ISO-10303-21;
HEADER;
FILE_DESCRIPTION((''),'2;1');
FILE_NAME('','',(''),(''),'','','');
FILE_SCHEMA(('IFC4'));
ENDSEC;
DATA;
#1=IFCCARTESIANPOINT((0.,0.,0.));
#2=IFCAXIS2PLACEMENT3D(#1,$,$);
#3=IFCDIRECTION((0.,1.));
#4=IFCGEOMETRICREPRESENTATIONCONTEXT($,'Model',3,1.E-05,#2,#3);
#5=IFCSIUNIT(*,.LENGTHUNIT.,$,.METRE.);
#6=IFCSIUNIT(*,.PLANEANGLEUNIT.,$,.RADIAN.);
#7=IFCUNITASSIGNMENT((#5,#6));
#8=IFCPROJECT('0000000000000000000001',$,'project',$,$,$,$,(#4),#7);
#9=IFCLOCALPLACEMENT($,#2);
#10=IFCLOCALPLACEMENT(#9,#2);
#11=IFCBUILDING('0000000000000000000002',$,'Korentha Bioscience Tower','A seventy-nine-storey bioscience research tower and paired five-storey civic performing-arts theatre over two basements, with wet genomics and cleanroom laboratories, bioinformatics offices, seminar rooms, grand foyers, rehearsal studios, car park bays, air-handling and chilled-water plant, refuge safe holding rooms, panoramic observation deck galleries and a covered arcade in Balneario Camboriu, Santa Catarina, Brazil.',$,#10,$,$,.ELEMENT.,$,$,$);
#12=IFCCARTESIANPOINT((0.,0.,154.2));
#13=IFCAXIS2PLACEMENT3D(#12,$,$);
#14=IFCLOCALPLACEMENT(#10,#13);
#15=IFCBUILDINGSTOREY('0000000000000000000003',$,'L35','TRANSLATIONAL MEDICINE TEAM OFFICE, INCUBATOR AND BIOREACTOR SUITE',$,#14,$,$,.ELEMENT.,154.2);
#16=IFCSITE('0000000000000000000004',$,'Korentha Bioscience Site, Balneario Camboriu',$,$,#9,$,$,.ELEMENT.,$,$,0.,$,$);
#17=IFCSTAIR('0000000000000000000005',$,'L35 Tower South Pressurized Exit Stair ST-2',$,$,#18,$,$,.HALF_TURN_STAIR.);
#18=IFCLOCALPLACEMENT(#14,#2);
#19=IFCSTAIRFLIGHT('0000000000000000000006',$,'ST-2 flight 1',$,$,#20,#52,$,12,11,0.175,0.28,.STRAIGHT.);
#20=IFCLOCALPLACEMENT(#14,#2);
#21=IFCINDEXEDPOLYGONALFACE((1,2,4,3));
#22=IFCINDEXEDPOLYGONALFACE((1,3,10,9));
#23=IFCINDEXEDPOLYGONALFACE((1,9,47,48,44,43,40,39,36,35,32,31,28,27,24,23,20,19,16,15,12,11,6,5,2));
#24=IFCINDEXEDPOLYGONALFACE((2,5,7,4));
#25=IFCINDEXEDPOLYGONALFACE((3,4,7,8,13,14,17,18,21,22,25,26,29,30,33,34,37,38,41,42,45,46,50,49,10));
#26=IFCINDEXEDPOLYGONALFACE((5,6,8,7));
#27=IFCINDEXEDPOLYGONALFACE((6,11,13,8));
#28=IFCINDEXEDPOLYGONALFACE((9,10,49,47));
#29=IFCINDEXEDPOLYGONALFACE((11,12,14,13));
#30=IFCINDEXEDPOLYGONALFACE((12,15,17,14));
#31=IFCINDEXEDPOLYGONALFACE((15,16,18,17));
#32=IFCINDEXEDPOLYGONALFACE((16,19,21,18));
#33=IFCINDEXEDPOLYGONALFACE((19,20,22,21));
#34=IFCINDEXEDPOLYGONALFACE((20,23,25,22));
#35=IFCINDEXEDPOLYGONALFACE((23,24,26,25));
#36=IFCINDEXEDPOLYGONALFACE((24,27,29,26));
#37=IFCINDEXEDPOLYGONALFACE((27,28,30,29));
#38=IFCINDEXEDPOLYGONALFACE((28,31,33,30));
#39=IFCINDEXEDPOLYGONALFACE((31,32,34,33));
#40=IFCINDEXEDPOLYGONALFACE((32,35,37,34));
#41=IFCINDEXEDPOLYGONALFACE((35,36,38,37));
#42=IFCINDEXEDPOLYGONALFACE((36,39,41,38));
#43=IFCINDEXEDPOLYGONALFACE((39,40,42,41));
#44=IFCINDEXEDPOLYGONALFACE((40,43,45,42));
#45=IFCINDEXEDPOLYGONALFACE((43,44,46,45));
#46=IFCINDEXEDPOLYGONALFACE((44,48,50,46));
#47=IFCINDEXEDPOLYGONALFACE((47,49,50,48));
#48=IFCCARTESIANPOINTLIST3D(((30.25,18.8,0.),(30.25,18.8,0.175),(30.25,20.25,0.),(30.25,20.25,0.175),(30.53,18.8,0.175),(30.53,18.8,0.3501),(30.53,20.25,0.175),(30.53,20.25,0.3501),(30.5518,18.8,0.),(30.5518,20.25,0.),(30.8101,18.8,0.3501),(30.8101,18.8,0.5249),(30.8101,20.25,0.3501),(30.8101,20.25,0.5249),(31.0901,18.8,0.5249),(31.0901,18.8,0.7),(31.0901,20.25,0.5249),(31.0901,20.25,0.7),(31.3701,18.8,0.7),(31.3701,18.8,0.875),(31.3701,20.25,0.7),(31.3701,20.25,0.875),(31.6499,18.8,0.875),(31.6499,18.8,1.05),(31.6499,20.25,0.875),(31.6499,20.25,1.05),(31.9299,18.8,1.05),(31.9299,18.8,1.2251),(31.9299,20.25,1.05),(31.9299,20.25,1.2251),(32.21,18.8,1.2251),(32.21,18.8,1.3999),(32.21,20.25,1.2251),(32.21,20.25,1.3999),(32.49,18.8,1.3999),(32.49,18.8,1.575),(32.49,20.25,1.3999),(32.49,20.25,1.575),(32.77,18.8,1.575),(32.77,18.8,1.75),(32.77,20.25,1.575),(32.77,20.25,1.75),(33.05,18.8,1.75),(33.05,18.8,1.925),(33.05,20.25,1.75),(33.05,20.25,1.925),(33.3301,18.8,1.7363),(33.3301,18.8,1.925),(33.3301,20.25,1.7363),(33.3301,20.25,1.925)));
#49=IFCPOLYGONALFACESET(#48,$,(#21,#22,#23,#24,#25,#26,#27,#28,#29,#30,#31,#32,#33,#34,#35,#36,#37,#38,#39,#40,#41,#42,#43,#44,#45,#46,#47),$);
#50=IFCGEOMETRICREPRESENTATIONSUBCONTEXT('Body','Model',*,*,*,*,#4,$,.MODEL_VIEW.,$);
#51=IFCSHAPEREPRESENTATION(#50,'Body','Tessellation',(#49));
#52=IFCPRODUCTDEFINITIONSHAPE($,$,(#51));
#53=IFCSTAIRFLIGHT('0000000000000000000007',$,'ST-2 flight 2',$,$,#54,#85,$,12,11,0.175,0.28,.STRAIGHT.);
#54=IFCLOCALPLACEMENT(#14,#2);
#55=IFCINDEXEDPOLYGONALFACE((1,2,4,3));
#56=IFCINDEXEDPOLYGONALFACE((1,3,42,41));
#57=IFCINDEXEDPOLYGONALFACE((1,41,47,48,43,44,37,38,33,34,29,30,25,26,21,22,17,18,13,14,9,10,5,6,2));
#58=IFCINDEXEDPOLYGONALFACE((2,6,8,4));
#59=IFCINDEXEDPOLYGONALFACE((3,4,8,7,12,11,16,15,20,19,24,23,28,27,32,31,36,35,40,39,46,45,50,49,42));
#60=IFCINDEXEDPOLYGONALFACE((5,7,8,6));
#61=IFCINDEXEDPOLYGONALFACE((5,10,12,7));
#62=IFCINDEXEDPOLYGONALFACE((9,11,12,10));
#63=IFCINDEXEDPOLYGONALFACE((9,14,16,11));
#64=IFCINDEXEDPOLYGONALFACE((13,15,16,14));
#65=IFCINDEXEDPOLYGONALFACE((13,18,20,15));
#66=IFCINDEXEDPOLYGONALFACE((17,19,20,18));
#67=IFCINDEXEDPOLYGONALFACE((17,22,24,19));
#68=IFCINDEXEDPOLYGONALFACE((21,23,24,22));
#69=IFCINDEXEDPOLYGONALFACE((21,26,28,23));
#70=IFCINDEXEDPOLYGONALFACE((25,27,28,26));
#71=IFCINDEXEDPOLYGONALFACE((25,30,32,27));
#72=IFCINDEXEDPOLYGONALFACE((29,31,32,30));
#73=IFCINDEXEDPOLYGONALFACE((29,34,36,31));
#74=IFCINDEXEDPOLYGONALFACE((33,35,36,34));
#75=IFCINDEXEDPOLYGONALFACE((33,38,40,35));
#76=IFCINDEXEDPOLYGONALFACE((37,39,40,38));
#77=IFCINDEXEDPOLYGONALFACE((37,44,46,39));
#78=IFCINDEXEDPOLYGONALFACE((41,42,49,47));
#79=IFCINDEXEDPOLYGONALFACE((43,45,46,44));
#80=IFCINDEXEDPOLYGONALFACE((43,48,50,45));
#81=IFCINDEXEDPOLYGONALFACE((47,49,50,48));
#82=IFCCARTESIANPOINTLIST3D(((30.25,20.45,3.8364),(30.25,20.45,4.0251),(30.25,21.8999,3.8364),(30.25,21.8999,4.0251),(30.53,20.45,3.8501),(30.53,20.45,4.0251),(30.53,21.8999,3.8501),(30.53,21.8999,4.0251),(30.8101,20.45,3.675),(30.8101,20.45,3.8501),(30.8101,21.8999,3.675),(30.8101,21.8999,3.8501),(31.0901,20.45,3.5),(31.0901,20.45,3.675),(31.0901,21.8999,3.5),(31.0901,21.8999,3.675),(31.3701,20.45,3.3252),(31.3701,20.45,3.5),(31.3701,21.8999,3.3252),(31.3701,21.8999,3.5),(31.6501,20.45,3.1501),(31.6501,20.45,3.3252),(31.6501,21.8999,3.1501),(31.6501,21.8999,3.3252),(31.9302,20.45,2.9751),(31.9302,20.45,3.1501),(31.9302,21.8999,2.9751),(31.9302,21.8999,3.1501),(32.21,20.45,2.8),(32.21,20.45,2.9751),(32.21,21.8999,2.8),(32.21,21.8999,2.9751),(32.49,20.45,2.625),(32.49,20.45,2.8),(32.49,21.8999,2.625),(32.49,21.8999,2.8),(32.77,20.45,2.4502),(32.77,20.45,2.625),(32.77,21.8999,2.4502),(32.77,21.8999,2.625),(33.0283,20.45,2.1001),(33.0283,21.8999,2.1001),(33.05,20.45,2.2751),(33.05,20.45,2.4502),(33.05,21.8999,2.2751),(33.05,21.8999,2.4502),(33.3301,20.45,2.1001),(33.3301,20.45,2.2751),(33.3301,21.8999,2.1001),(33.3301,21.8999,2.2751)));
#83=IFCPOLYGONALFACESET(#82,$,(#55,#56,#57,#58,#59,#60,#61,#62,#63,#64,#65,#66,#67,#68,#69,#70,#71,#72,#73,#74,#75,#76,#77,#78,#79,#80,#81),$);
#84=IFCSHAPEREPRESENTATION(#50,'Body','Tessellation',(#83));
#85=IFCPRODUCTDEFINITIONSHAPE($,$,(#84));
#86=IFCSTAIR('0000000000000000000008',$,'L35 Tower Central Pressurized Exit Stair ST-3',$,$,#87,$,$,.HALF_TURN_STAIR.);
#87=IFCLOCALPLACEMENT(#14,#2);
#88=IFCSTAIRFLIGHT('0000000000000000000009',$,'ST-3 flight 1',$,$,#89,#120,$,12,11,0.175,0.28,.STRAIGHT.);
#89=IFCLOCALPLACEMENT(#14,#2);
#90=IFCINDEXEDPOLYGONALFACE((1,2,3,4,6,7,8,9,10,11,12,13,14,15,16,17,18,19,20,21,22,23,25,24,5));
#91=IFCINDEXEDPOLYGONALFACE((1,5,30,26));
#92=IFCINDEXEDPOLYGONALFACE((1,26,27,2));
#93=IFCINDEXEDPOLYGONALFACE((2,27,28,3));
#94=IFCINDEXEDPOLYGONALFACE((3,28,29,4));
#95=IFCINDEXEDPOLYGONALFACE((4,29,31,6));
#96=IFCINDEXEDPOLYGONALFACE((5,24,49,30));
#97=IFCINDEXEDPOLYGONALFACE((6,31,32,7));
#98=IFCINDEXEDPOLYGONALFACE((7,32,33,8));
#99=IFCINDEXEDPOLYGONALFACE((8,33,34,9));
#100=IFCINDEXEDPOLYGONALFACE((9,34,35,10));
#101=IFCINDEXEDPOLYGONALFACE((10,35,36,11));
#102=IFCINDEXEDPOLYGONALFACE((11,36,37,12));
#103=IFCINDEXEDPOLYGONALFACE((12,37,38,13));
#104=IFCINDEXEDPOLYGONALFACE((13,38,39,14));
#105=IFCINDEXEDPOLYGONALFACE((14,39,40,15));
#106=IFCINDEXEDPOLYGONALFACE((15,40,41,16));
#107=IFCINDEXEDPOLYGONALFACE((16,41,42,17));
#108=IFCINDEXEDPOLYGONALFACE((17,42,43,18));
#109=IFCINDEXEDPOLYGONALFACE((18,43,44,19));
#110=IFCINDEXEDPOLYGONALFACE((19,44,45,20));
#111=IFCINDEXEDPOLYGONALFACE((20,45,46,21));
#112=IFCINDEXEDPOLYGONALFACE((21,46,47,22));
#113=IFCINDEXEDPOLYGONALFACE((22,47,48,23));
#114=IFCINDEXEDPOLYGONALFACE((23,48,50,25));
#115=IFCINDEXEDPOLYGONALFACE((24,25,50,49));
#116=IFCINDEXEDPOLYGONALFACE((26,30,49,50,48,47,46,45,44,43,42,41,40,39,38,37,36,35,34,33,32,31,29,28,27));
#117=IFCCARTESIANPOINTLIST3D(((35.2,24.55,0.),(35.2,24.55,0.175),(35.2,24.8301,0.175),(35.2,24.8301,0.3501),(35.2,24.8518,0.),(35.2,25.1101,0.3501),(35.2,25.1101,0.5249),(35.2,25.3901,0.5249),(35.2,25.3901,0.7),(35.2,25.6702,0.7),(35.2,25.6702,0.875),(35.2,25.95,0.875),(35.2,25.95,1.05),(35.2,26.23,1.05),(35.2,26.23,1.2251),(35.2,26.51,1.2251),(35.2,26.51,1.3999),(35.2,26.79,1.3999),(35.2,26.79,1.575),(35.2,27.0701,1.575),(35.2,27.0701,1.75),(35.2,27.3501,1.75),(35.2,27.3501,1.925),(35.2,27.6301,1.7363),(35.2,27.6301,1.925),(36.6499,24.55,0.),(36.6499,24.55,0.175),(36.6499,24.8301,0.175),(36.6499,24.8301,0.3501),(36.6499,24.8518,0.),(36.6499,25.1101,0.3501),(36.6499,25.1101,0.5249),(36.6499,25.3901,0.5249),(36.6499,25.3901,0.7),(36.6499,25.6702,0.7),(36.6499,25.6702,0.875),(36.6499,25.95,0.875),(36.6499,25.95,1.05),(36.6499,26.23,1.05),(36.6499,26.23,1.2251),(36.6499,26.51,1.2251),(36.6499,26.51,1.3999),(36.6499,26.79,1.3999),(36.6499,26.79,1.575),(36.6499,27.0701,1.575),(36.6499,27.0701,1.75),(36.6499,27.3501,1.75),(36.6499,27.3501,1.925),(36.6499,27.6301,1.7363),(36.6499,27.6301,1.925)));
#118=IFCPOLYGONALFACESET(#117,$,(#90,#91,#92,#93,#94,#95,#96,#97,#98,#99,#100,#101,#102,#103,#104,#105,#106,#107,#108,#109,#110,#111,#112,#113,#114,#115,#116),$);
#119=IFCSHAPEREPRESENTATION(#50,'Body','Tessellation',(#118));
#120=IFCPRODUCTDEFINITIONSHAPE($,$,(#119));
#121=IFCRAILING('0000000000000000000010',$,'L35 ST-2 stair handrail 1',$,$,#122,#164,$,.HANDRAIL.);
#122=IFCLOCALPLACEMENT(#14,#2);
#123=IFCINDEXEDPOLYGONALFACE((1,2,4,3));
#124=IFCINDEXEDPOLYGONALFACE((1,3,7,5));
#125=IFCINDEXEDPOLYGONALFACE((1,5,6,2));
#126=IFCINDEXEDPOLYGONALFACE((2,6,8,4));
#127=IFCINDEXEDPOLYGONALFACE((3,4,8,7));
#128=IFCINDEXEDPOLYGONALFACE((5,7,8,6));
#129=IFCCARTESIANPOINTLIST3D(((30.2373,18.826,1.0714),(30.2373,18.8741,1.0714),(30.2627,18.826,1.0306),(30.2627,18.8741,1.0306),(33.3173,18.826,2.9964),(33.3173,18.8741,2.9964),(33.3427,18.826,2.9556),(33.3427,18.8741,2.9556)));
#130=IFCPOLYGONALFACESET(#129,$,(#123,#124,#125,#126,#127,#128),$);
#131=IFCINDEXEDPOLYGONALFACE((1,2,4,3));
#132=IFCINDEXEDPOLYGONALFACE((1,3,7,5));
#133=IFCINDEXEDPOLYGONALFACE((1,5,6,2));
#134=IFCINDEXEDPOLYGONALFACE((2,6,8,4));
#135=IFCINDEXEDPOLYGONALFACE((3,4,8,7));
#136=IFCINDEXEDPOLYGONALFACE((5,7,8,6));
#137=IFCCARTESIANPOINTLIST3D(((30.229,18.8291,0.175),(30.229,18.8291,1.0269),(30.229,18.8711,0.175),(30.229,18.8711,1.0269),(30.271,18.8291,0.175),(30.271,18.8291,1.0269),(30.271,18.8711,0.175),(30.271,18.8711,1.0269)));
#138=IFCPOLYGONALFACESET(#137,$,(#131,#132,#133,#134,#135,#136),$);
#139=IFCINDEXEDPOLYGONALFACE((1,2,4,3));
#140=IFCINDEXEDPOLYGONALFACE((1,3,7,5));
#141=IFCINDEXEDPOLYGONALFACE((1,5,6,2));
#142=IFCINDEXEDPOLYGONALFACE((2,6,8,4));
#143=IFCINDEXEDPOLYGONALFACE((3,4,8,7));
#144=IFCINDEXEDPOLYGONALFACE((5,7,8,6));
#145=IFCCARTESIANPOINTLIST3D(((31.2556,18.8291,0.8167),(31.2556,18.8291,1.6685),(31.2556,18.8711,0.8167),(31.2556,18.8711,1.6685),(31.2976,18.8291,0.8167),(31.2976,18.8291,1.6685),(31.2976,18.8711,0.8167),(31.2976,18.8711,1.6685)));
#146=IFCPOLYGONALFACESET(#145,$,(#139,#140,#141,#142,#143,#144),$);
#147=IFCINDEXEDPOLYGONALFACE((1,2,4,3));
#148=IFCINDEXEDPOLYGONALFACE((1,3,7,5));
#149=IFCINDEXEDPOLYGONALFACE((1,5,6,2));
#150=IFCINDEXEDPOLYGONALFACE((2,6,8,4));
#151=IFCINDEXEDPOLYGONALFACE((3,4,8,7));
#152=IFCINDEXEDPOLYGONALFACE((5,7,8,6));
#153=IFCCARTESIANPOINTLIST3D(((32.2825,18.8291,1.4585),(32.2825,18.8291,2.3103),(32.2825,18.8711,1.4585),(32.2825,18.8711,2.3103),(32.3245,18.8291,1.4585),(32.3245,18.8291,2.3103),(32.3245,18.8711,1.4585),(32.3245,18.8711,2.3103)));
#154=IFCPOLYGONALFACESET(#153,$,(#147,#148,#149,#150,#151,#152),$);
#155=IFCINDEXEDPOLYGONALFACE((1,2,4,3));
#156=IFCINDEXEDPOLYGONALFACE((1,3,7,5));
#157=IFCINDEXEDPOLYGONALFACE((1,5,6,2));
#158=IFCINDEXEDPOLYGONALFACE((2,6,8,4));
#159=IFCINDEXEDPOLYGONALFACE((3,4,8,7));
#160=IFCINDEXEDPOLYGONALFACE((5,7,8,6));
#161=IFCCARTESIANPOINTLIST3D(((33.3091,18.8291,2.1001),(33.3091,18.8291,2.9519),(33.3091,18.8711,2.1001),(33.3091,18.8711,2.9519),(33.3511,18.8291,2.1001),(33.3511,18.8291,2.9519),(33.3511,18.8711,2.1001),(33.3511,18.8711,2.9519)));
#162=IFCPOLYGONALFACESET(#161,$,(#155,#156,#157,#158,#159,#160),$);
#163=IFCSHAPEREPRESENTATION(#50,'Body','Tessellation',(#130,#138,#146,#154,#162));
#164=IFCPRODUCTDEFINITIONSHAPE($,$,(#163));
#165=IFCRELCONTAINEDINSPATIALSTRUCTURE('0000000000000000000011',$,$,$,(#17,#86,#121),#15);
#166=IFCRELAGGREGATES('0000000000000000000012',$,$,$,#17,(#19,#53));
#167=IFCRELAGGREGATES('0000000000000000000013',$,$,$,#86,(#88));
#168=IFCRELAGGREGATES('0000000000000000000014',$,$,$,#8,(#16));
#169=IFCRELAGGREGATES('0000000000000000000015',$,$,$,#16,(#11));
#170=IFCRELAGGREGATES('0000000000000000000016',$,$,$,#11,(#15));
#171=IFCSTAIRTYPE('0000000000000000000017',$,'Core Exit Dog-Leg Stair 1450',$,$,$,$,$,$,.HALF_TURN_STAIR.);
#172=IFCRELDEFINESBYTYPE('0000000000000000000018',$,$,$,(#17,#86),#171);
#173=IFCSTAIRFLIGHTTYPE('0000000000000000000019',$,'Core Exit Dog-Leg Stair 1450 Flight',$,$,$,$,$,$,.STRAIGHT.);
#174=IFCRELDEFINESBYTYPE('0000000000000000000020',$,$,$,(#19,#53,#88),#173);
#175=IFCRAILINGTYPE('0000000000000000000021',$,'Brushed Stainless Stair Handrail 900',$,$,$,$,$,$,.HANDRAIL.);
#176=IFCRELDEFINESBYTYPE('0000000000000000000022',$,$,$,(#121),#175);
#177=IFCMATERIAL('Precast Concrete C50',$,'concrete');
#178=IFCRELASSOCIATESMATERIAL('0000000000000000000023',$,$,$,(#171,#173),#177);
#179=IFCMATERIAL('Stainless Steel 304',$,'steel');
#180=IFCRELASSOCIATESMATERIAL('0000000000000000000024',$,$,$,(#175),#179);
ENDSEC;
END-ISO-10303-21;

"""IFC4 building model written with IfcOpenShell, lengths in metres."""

from ifc_helpers import new_model, si_unit, direction, frame, origin, origin_2d, place, context, subcontext, project, spatial, polyline, rectangle, outline, extrude, material, type_object, element, aggregate, save


model = new_model("IFC4")

# Units and contexts
model_context = context("Model", 3, precision=1e-05, world=origin(), true_north=direction((0.0, 1.0)))
body_context = subcontext(model_context, "Body", "Model", "MODEL_VIEW")
ifc_project = project(units=[si_unit("LENGTHUNIT", "METRE"), si_unit("PLANEANGLEUNIT", "RADIAN")], contexts=[model_context])

# Site, building, storey
site_placement = place(None, origin())
site = spatial("IfcSite", under=ifc_project, at=site_placement, Name="Korentha Bioscience Site, Balneario Camboriu", CompositionType="ELEMENT", RefElevation=0.0)
building_placement = place(site_placement, origin())
building = spatial("IfcBuilding", under=site, at=building_placement, Name="Korentha Bioscience Tower", Description="A seventy-nine-storey bioscience research tower and paired five-storey civic performing-arts theatre over two basements, with wet genomics and cleanroom laboratories, bioinformatics offices, seminar rooms, grand foyers, rehearsal studios, car park bays, air-handling and chilled-water plant, refuge safe holding rooms, panoramic observation deck galleries and a covered arcade in Balneario Camboriu, Santa Catarina, Brazil.", CompositionType="ELEMENT")
storey_placement = place(building_placement, frame((0.0, 0.0, 154.2)))
storey = spatial("IfcBuildingStorey", under=building, at=storey_placement, Name="L35", Description="TRANSLATIONAL MEDICINE TEAM OFFICE, INCUBATOR AND BIOREACTOR SUITE", CompositionType="ELEMENT", Elevation=154.2)

# Stair, stair flights
ifc_material_1 = material(Name="Precast Concrete C50", Category="concrete")
stair_type = type_object("IfcStairType", Name="Core Exit Dog-Leg Stair 1450", PredefinedType="HALF_TURN_STAIR", material=ifc_material_1)
stair_1_placement = place(storey_placement, origin())
stair_1 = element("IfcStair", 1, at=stair_1_placement, inside=storey, type_object=stair_type, Name="L35 Tower South Pressurized Exit Stair ST-2", PredefinedType="HALF_TURN_STAIR")
stair_flight_type = type_object("IfcStairFlightType", Name="Core Exit Dog-Leg Stair 1450 Flight", PredefinedType="STRAIGHT", material=ifc_material_1)
stair_flight_1_placement = place(storey_placement, frame((30.25, 19.5249, 0.0), z_axis=(0.0, 0.0, 1.0), x_axis=(1.0, 0.0, 0.0)))
stair_flight_1 = element("IfcStairFlight", 2, at=stair_flight_1_placement, type_object=stair_flight_type, Name="ST-2 flight 1", NumberOfRisers=12, NumberOfTreads=11, PredefinedType="STRAIGHT", RiserHeight=0.175, TreadLength=0.28, context=body_context, shape_type="SweptSolid", body=[
    extrude(outline(polyline([(0.0, 0.0), (0.0, 0.175), (0.28, 0.175), (0.28, 0.3501), (0.5601, 0.3501), (0.5601, 0.5249), (0.8401, 0.5249), (0.8401, 0.7), (1.1201, 0.7), (1.1201, 0.875), (1.3999, 0.875), (1.3999, 1.05), (1.6799, 1.05), (1.6799, 1.2251), (1.96, 1.2251), (1.96, 1.3999), (2.24, 1.3999), (2.24, 1.575), (2.52, 1.575), (2.52, 1.75), (2.8, 1.75), (2.8, 1.925), (3.0801, 1.925), (3.0801, 2.1001), (3.0801, 1.7363), (0.3018, 0.0), (0.0, 0.0)])), frame((0.0, 0.7251, 0.0), z_axis=(0.0, -1.0, 0.0), x_axis=(1.0, 0.0, 0.0)), (0.0, 0.0, 1.0), 1.45),
])
stair_flight_2_placement = place(storey_placement, frame((33.3301, 21.175, 2.1001), z_axis=(0.0, 0.0, 1.0), x_axis=(-1.0, 0.0, 0.0)))
stair_flight_2 = element("IfcStairFlight", 3, at=stair_flight_2_placement, type_object=stair_flight_type, Name="ST-2 flight 2", NumberOfRisers=12, NumberOfTreads=11, PredefinedType="STRAIGHT", RiserHeight=0.175, TreadLength=0.28, context=body_context, shape_type="SweptSolid", body=[
    extrude(outline(polyline([(0.0, 0.0), (0.0, 0.175), (0.28, 0.175), (0.28, 0.3501), (0.5601, 0.3501), (0.5601, 0.5249), (0.8401, 0.5249), (0.8401, 0.7), (1.1201, 0.7), (1.1201, 0.875), (1.3999, 0.875), (1.3999, 1.05), (1.6799, 1.05), (1.6799, 1.2251), (1.96, 1.2251), (1.96, 1.3999), (2.24, 1.3999), (2.24, 1.575), (2.52, 1.575), (2.52, 1.75), (2.8, 1.75), (2.8, 1.925), (3.0801, 1.925), (3.0801, 2.1001), (3.0801, 1.7363), (0.3018, 0.0), (0.0, 0.0)])), frame((0.0, 0.7251, 0.0), z_axis=(0.0, -1.0, 0.0), x_axis=(1.0, 0.0, 0.0)), (0.0, 0.0, 1.0), 1.45),
])
aggregate(stair_1, [stair_flight_1, stair_flight_2])

# Stair, stair flight
stair_2_placement = place(storey_placement, origin())
stair_2 = element("IfcStair", 4, at=stair_2_placement, inside=storey, type_object=stair_type, Name="L35 Tower Central Pressurized Exit Stair ST-3", PredefinedType="HALF_TURN_STAIR")
stair_flight_3_placement = place(storey_placement, frame((35.925, 24.55, 0.0), z_axis=(0.0, 0.0, 1.0), x_axis=(0.0, 1.0, 0.0)))
stair_flight_3 = element("IfcStairFlight", 5, at=stair_flight_3_placement, type_object=stair_flight_type, Name="ST-3 flight 1", NumberOfRisers=12, NumberOfTreads=11, PredefinedType="STRAIGHT", RiserHeight=0.175, TreadLength=0.28, context=body_context, shape_type="SweptSolid", body=[
    extrude(outline(polyline([(0.0, 0.0), (0.0, 0.175), (0.28, 0.175), (0.28, 0.3501), (0.5601, 0.3501), (0.5601, 0.5249), (0.8401, 0.5249), (0.8401, 0.7), (1.1201, 0.7), (1.1201, 0.875), (1.3999, 0.875), (1.3999, 1.05), (1.6799, 1.05), (1.6799, 1.2251), (1.96, 1.2251), (1.96, 1.3999), (2.24, 1.3999), (2.24, 1.575), (2.52, 1.575), (2.52, 1.75), (2.8, 1.75), (2.8, 1.925), (3.0801, 1.925), (3.0801, 2.1001), (3.0801, 1.7363), (0.3018, 0.0), (0.0, 0.0)])), frame((0.0, 0.7251, 0.0), z_axis=(0.0, -1.0, 0.0), x_axis=(1.0, 0.0, 0.0)), (0.0, 0.0, 1.0), 1.45),
])
aggregate(stair_2, [stair_flight_3])

# Railing
ifc_material_2 = material(Name="Stainless Steel 304", Category="steel")
railing_type_1 = type_object("IfcRailingType", Name="Brushed Stainless Stair Handrail 900", PredefinedType="HANDRAIL", material=ifc_material_2)
railing_1_placement = place(storey_placement, frame((30.25, 18.8501, 0.175)))
element("IfcRailing", 6, at=railing_1_placement, inside=storey, type_object=railing_type_1, Name="L35 ST-2 stair handrail 1", PredefinedType="HANDRAIL", context=body_context, shape_type="SweptSolid", body=[
    extrude(rectangle(XDim=0.0481, YDim=0.0481, at=origin_2d()), frame((0.0, 0.0, 0.876), z_axis=(0.847998, 0.0, 0.529999), x_axis=(0.0, 1.0, 0.0)), (0.0, 0.0, 1.0), 3.6321),
    extrude(rectangle(XDim=0.042, YDim=0.042, at=origin_2d()), origin(), (0.0, 0.0, 1.0), 0.8518),
    extrude(rectangle(XDim=0.042, YDim=0.042, at=origin_2d()), frame((1.0266, 0.0, 0.6416)), (0.0, 0.0, 1.0), 0.8518),
    extrude(rectangle(XDim=0.042, YDim=0.042, at=origin_2d()), frame((2.0535, 0.0, 1.2834)), (0.0, 0.0, 1.0), 0.8518),
    extrude(rectangle(XDim=0.042, YDim=0.042, at=origin_2d()), frame((3.0801, 0.0, 1.925)), (0.0, 0.0, 1.0), 0.8518),
])

save(model, "model.ifc")
